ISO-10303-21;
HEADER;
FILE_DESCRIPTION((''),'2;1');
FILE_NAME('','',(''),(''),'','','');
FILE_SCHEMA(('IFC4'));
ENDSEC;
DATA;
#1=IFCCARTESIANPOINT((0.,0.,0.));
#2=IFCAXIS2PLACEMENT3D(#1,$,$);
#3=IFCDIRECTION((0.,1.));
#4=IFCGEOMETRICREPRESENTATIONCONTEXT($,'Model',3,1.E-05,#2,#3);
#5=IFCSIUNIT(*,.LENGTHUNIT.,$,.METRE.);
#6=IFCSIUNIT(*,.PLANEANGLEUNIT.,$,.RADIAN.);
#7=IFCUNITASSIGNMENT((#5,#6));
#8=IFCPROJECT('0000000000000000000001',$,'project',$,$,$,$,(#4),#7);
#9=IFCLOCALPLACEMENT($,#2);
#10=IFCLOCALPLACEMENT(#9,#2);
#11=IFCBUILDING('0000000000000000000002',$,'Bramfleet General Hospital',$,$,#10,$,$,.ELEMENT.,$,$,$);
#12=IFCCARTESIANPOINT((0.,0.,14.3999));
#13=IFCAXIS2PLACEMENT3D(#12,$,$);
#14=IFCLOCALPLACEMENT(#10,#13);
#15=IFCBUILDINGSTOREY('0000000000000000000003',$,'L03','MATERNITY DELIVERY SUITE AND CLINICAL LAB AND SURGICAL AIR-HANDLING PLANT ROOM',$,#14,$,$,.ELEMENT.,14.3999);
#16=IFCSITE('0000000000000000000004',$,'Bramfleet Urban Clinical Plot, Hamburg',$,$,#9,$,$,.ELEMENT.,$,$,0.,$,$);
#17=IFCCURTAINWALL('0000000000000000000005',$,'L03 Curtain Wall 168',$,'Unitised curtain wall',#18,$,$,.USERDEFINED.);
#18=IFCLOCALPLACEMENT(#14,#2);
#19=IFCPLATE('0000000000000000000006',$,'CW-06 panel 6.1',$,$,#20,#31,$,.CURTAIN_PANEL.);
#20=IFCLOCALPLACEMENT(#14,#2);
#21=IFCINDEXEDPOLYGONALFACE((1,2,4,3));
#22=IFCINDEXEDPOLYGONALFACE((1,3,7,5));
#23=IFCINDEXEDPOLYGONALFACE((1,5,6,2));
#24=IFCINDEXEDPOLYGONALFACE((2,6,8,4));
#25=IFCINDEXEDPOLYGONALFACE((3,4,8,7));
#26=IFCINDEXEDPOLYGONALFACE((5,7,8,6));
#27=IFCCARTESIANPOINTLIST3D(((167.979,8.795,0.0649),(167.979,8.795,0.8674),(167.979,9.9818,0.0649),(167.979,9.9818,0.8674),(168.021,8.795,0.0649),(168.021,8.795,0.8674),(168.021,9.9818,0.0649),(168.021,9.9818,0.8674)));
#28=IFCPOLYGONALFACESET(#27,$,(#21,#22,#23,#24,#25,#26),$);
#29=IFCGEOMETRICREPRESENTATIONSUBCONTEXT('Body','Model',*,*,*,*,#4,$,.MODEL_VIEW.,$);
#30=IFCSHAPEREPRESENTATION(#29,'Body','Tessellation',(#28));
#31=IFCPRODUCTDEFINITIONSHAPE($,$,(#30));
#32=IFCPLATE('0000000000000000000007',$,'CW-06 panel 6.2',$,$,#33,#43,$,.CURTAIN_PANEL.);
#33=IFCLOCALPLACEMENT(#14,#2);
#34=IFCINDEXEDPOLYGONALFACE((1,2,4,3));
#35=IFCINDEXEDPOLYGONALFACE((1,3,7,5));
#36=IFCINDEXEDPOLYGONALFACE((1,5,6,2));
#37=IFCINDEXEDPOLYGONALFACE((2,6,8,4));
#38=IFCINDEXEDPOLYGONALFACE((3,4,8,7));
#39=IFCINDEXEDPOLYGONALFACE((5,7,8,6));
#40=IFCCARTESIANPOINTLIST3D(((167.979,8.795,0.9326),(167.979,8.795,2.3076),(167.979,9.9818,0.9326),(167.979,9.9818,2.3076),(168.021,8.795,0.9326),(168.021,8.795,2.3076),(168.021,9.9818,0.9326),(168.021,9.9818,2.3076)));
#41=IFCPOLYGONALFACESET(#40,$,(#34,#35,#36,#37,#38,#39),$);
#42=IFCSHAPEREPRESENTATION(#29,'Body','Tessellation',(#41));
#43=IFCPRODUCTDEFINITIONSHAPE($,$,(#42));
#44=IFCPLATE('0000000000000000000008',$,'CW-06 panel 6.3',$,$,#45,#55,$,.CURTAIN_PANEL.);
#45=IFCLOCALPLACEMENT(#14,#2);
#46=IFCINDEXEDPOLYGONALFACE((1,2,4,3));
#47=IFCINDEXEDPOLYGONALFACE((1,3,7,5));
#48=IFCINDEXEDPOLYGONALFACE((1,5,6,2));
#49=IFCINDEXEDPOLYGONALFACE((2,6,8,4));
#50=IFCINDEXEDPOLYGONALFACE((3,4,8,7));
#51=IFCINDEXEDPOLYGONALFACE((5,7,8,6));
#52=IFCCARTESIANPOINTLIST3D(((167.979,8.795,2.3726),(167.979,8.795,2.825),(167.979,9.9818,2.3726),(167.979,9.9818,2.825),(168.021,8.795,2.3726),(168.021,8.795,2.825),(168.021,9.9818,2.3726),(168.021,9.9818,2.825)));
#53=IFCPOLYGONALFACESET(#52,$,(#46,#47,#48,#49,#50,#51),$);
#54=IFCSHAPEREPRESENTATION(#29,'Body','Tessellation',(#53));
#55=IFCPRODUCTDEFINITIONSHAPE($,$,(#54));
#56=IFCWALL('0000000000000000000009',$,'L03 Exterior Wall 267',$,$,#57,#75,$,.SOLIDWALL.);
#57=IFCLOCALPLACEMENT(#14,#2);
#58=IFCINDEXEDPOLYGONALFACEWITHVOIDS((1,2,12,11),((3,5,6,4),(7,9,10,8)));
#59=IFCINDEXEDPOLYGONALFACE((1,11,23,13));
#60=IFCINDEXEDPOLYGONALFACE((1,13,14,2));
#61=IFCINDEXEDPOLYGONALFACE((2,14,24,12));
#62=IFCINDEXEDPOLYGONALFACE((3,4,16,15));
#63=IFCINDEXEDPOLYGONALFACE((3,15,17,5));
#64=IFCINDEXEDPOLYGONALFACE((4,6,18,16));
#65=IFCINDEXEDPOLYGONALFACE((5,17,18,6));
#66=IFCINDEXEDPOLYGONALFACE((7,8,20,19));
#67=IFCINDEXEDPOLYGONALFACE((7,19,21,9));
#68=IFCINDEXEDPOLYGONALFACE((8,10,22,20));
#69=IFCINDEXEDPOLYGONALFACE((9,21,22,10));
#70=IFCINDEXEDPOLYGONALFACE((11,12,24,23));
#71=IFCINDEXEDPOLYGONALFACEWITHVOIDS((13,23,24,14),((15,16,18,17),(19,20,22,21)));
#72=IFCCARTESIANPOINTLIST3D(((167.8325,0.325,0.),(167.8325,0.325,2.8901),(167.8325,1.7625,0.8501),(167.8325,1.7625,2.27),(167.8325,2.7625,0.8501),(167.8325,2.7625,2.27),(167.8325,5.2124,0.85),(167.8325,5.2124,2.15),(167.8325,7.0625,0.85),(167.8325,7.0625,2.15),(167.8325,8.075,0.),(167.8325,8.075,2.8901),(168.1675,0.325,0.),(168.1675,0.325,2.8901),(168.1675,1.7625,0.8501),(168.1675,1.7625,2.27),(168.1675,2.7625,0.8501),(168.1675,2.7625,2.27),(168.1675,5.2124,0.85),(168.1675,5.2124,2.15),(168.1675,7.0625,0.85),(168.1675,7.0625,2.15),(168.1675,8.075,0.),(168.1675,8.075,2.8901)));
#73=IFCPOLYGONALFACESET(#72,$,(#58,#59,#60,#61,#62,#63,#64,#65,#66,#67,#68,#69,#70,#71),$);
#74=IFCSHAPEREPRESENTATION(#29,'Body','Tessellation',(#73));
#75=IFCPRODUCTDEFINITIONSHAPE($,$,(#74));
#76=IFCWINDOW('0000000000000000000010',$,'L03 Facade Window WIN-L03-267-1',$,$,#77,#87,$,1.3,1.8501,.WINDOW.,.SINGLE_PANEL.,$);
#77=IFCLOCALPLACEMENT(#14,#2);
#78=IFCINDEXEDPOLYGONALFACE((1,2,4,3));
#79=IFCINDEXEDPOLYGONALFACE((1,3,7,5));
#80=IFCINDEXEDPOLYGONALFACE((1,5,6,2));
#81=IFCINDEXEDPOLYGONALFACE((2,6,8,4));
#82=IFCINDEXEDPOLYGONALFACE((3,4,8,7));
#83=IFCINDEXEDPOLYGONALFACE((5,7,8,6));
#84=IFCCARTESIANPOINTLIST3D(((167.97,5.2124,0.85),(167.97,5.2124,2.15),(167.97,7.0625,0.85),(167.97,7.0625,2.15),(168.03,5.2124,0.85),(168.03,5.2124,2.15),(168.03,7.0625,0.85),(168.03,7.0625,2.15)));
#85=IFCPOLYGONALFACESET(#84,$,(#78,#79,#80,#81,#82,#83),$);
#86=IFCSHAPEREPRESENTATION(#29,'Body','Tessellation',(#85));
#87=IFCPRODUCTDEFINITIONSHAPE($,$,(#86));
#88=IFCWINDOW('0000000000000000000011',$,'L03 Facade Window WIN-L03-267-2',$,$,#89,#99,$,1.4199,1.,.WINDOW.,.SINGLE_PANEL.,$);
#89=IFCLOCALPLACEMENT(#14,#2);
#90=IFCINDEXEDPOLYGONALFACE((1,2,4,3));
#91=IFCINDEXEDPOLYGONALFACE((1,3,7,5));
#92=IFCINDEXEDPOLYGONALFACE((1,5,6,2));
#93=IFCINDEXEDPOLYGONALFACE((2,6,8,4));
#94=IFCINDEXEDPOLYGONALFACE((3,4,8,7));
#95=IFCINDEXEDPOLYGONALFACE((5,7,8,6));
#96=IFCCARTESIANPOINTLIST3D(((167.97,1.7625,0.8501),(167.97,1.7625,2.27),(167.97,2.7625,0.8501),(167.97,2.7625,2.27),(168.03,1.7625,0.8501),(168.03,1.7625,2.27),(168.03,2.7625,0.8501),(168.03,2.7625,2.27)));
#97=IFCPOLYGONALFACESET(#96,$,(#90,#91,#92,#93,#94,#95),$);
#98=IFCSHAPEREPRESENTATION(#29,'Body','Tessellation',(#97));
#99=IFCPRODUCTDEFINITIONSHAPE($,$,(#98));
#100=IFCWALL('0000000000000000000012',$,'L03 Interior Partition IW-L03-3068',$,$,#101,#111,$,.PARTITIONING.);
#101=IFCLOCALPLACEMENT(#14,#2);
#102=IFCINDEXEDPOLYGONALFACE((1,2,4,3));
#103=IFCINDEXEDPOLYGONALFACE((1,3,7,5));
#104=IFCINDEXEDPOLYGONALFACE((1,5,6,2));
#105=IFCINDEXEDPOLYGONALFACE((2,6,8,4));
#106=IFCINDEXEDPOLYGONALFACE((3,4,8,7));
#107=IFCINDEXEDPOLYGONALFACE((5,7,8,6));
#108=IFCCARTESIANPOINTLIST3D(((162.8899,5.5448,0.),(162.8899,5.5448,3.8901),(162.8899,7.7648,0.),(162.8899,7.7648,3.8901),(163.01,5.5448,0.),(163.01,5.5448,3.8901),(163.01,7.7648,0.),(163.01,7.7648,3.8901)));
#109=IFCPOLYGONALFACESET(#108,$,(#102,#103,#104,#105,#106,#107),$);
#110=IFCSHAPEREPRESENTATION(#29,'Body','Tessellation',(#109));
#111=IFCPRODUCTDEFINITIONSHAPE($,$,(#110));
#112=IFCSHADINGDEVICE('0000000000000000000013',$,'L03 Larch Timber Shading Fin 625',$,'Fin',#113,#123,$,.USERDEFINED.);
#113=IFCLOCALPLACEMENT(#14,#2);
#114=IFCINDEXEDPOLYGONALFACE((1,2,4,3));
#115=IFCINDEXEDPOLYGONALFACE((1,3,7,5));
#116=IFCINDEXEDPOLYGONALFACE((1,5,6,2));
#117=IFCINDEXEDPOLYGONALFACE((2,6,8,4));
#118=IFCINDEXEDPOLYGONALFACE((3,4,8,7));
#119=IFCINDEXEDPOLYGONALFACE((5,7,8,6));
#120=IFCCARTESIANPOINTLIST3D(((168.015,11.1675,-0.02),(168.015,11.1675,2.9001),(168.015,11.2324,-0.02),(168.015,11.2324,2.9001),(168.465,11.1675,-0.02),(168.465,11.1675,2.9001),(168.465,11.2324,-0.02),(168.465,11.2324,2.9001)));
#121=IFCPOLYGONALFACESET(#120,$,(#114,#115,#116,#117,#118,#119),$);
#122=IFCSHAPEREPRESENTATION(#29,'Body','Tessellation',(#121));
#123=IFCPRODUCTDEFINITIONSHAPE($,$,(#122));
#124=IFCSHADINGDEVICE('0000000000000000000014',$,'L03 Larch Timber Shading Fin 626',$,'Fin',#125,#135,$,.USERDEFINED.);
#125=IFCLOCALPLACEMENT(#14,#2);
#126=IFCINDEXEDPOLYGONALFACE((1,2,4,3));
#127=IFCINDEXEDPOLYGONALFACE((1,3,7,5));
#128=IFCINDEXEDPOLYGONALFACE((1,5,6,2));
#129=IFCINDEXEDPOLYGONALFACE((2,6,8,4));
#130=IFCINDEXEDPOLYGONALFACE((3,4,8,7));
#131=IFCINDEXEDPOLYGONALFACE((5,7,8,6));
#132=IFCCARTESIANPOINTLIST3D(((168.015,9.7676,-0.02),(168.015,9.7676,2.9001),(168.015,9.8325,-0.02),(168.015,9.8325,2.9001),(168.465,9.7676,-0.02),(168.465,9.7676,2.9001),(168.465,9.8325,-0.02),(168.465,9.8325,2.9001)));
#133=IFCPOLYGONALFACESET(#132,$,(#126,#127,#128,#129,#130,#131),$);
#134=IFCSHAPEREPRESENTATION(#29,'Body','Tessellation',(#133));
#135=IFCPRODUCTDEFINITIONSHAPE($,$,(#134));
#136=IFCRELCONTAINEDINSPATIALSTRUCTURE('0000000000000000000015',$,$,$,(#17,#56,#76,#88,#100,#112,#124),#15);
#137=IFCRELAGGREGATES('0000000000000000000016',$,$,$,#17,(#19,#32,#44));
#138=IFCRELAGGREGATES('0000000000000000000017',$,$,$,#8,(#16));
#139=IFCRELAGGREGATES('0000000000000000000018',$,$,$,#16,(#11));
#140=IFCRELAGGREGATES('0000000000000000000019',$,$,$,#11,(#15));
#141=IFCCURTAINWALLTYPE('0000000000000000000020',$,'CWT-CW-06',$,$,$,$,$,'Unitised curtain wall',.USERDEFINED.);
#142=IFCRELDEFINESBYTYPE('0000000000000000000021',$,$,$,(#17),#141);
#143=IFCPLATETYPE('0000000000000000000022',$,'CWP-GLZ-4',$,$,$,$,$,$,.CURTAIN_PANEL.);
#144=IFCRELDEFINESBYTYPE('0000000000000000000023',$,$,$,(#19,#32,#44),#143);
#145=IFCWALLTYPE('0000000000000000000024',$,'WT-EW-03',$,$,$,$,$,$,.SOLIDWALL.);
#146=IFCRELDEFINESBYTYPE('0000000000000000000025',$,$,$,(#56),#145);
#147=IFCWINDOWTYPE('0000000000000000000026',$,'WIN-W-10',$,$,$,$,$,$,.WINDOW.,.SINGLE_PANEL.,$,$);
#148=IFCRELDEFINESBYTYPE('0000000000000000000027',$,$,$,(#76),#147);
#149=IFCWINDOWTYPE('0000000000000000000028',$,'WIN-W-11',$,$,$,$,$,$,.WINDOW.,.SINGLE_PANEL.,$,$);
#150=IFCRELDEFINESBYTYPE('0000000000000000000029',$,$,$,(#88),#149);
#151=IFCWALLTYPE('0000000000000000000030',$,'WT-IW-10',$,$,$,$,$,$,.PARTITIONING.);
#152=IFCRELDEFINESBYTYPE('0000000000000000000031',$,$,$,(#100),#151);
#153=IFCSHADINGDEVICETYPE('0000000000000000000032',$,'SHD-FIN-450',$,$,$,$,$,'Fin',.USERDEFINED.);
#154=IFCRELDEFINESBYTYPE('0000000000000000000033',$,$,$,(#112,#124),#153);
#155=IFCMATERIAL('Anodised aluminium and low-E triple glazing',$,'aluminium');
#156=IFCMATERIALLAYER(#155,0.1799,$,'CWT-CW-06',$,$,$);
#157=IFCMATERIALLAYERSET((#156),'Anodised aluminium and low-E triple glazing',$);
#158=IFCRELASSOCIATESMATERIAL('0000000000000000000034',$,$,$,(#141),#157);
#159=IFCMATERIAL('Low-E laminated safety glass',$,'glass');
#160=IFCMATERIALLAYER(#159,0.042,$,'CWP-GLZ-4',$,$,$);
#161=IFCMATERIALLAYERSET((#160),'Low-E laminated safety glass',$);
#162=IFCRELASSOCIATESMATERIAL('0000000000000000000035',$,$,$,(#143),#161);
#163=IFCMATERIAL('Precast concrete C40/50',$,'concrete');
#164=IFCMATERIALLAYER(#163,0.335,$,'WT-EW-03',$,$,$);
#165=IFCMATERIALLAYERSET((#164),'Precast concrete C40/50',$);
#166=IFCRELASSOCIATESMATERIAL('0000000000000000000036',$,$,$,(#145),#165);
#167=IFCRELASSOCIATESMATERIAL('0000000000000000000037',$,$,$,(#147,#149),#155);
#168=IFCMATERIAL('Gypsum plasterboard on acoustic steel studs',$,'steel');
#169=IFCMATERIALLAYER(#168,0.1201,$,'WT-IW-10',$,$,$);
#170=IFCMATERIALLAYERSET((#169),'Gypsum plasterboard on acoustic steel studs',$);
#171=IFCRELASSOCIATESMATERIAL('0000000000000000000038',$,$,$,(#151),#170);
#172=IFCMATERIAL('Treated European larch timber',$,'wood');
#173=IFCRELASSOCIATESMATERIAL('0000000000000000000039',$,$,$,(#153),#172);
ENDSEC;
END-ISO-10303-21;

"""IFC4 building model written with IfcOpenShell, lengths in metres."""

from ifc_helpers import new_model, si_unit, direction, frame, frame_2d, origin, origin_2d, place, context, subcontext, project, spatial, rectangle, extrude, material, layer, layer_set, material_profile, profile_set, type_object, element, fill, aggregate, save


model = new_model("IFC4")

# Units and contexts
model_context = context("Model", 3, precision=1e-05, world=origin(), true_north=direction((0.0, 1.0)))
body_context = subcontext(model_context, "Body", "Model", "MODEL_VIEW")
ifc_project = project(units=[si_unit("LENGTHUNIT", "METRE"), si_unit("PLANEANGLEUNIT", "RADIAN")], contexts=[model_context])

# Site, building, storey
site_placement = place(None, origin())
site = spatial("IfcSite", under=ifc_project, at=site_placement, Name="Bramfleet Urban Clinical Plot, Hamburg", CompositionType="ELEMENT", RefElevation=0.0)
building_placement = place(site_placement, origin())
building = spatial("IfcBuilding", under=site, at=building_placement, Name="Bramfleet General Hospital", CompositionType="ELEMENT")
storey_placement = place(building_placement, frame((0.0, 0.0, 14.3999)))
storey = spatial("IfcBuildingStorey", under=building, at=storey_placement, Name="L03", Description="MATERNITY DELIVERY SUITE AND CLINICAL LAB AND SURGICAL AIR-HANDLING PLANT ROOM", CompositionType="ELEMENT", Elevation=14.3999)

# Curtain wall
ifc_material_1 = material(Name="Anodised aluminium and low-E triple glazing", Category="aluminium")
ifc_layer_1 = layer(ifc_material_1, 0.1799, Name="CWT-CW-06")
ifc_layer_set_1 = layer_set([ifc_layer_1], Name="Anodised aluminium and low-E triple glazing")
curtain_wall_type_1 = type_object("IfcCurtainWallType", Name="CWT-CW-06", ElementType="Unitised curtain wall", PredefinedType="USERDEFINED", material=ifc_layer_set_1)
curtain_wall_1_placement = place(storey_placement, origin())
curtain_wall_1 = element("IfcCurtainWall", 1, at=curtain_wall_1_placement, inside=storey, type_object=curtain_wall_type_1, Name="L03 Curtain Wall 168", ObjectType="Unitised curtain wall", PredefinedType="USERDEFINED")

# Plates
ifc_material_2 = material(Name="Low-E laminated safety glass", Category="glass")
ifc_layer_2 = layer(ifc_material_2, 0.042, Name="CWP-GLZ-4")
ifc_layer_set_2 = layer_set([ifc_layer_2], Name="Low-E laminated safety glass")
plate_type_1 = type_object("IfcPlateType", Name="CWP-GLZ-4", PredefinedType="CURTAIN_PANEL", material=ifc_layer_set_2)
plate_1_placement = place(storey_placement, frame((168.0, 9.3884, 0.0649), z_axis=(0.0, 0.0, 1.0), x_axis=(0.0, -1.0, 0.0)))
plate_1 = element("IfcPlate", 2, at=plate_1_placement, type_object=plate_type_1, Name="CW-06 panel 6.1", PredefinedType="CURTAIN_PANEL", context=body_context, shape_type="SweptSolid", body=[
    extrude(rectangle(XDim=1.1868, YDim=0.042, at=origin_2d()), origin(), (0.0, 0.0, 1.0), 0.8025),
])
plate_2_placement = place(storey_placement, frame((168.0, 9.3884, 0.9326), z_axis=(0.0, 0.0, 1.0), x_axis=(0.0, -1.0, 0.0)))
plate_2 = element("IfcPlate", 3, at=plate_2_placement, type_object=plate_type_1, Name="CW-06 panel 6.2", PredefinedType="CURTAIN_PANEL", context=body_context, shape_type="SweptSolid", body=[
    extrude(rectangle(XDim=1.1868, YDim=0.042, at=origin_2d()), origin(), (0.0, 0.0, 1.0), 1.375),
])
plate_3_placement = place(storey_placement, frame((168.0, 9.3884, 2.3726), z_axis=(0.0, 0.0, 1.0), x_axis=(0.0, -1.0, 0.0)))
plate_3 = element("IfcPlate", 4, at=plate_3_placement, type_object=plate_type_1, Name="CW-06 panel 6.3", PredefinedType="CURTAIN_PANEL", context=body_context, shape_type="SweptSolid", body=[
    extrude(rectangle(XDim=1.1868, YDim=0.042, at=origin_2d()), origin(), (0.0, 0.0, 1.0), 0.4524),
])
aggregate(curtain_wall_1, [plate_1, plate_2, plate_3])

# Wall, openings, windows
ifc_material_3 = material(Name="Precast concrete C40/50", Category="concrete")
ifc_layer_3 = layer(ifc_material_3, 0.335, Name="WT-EW-03")
ifc_layer_set_3 = layer_set([ifc_layer_3], Name="Precast concrete C40/50")
wall_type_1 = type_object("IfcWallType", Name="WT-EW-03", PredefinedType="SOLIDWALL", material=ifc_layer_set_3)
wall_1_placement = place(storey_placement, frame((168.0, 8.075, 0.0), z_axis=(0.0, 0.0, 1.0), x_axis=(0.0, -1.0, 0.0)))
wall_1 = element("IfcWall", 5, at=wall_1_placement, inside=storey, type_object=wall_type_1, Name="L03 Exterior Wall 267", PredefinedType="SOLIDWALL", context=body_context, shape_type="SweptSolid", body=[
    extrude(rectangle(XDim=7.75, YDim=0.335, at=frame_2d((3.875, 0.0))), origin(), (0.0, 0.0, 1.0), 2.8901),
])
opening_1_placement = place(wall_1_placement, frame((1.0125, 0.0, 0.8501)))
opening_1 = element("IfcOpeningElement", 6, at=opening_1_placement, cuts=wall_1, PredefinedType="OPENING", context=body_context, shape_type="SweptSolid", body=[
    extrude(rectangle(XDim=1.8501, YDim=1.3, at=frame_2d((0.925, 0.6499))), frame((0.0, 0.1775, 0.0), z_axis=(0.0, -1.0, 0.0), x_axis=(1.0, 0.0, 0.0)), (0.0, 0.0, 1.0), 0.355),
])
opening_2_placement = place(wall_1_placement, frame((5.3125, 0.0, 0.8501)))
opening_2 = element("IfcOpeningElement", 7, at=opening_2_placement, cuts=wall_1, PredefinedType="OPENING", context=body_context, shape_type="SweptSolid", body=[
    extrude(rectangle(XDim=1.0, YDim=1.4199, at=frame_2d((0.5, 0.71))), frame((0.0, 0.1775, 0.0), z_axis=(0.0, -1.0, 0.0), x_axis=(1.0, 0.0, 0.0)), (0.0, 0.0, 1.0), 0.355),
])
window_type_1 = type_object("IfcWindowType", Name="WIN-W-10", PartitioningType="SINGLE_PANEL", PredefinedType="WINDOW", material=ifc_material_1)
window_1_placement = place(opening_1_placement, origin())
window_1 = element("IfcWindow", 8, at=window_1_placement, inside=storey, type_object=window_type_1, Name="L03 Facade Window WIN-L03-267-1", OverallHeight=1.3, OverallWidth=1.8501, PartitioningType="SINGLE_PANEL", PredefinedType="WINDOW", context=body_context, shape_type="SweptSolid", body=[
    extrude(rectangle(XDim=1.8501, YDim=1.3, at=frame_2d((0.925, 0.6499))), frame((0.0, 0.03, 0.0), z_axis=(0.0, -1.0, 0.0), x_axis=(1.0, 0.0, 0.0)), (0.0, 0.0, 1.0), 0.0601),
])
fill(opening_1, window_1)
window_type_2 = type_object("IfcWindowType", Name="WIN-W-11", PartitioningType="SINGLE_PANEL", PredefinedType="WINDOW", material=ifc_material_1)
window_2_placement = place(opening_2_placement, origin())
window_2 = element("IfcWindow", 9, at=window_2_placement, inside=storey, type_object=window_type_2, Name="L03 Facade Window WIN-L03-267-2", OverallHeight=1.4199, OverallWidth=1.0, PartitioningType="SINGLE_PANEL", PredefinedType="WINDOW", context=body_context, shape_type="SweptSolid", body=[
    extrude(rectangle(XDim=1.0, YDim=1.4199, at=frame_2d((0.5, 0.71))), frame((0.0, 0.03, 0.0), z_axis=(0.0, -1.0, 0.0), x_axis=(1.0, 0.0, 0.0)), (0.0, 0.0, 1.0), 0.0601),
])
fill(opening_2, window_2)

# Wall
ifc_material_4 = material(Name="Gypsum plasterboard on acoustic steel studs", Category="steel")
ifc_layer_4 = layer(ifc_material_4, 0.1201, Name="WT-IW-10")
ifc_layer_set_4 = layer_set([ifc_layer_4], Name="Gypsum plasterboard on acoustic steel studs")
wall_type_2 = type_object("IfcWallType", Name="WT-IW-10", PredefinedType="PARTITIONING", material=ifc_layer_set_4)
wall_2_placement = place(storey_placement, frame((162.95, 5.5449, 0.0), z_axis=(0.0, 0.0, 1.0), x_axis=(0.0, 1.0, 0.0)))
element("IfcWall", 10, at=wall_2_placement, inside=storey, type_object=wall_type_2, Name="L03 Interior Partition IW-L03-3068", PredefinedType="PARTITIONING", context=body_context, shape_type="SweptSolid", body=[
    extrude(rectangle(XDim=2.22, YDim=0.1201, at=frame_2d((1.1099, 0.0))), origin(), (0.0, 0.0, 1.0), 3.8901),
])

# Shading devices
ifc_material_5 = material(Name="Treated European larch timber", Category="wood")
ifc_material_profile_1 = material_profile(ifc_material_5, rectangle(XDim=0.0649, YDim=0.45, at=origin_2d()), Name="LARCH FIN 450x65")
ifc_profile_set_1 = profile_set([ifc_material_profile_1], Name="Treated European larch timber")
shading_device_type = type_object("IfcShadingDeviceType", Name="SHD-FIN-450", ElementType="Fin", PredefinedType="USERDEFINED", material=ifc_profile_set_1)
for number, where, z_axis, x_axis, name in (
    (11, (168.24, 11.2, -0.02), (0.0, 0.0, 1.0), (0.0, -1.0, 0.0), "L03 Larch Timber Shading Fin 625"),
    (12, (168.24, 9.8, -0.02), (0.0, 0.0, 1.0), (0.0, -1.0, 0.0), "L03 Larch Timber Shading Fin 626"),
):
    element("IfcShadingDevice", number, at=place(storey_placement, frame(where, z_axis=z_axis, x_axis=x_axis)), inside=storey, type_object=shading_device_type, Name=name, ObjectType="Fin", PredefinedType="USERDEFINED", context=body_context, shape_type="SweptSolid", body=[
        extrude(rectangle(XDim=0.0649, YDim=0.45, at=origin_2d()), origin(), (0.0, 0.0, 1.0), 2.9202),
    ])

save(model, "model.ifc")
